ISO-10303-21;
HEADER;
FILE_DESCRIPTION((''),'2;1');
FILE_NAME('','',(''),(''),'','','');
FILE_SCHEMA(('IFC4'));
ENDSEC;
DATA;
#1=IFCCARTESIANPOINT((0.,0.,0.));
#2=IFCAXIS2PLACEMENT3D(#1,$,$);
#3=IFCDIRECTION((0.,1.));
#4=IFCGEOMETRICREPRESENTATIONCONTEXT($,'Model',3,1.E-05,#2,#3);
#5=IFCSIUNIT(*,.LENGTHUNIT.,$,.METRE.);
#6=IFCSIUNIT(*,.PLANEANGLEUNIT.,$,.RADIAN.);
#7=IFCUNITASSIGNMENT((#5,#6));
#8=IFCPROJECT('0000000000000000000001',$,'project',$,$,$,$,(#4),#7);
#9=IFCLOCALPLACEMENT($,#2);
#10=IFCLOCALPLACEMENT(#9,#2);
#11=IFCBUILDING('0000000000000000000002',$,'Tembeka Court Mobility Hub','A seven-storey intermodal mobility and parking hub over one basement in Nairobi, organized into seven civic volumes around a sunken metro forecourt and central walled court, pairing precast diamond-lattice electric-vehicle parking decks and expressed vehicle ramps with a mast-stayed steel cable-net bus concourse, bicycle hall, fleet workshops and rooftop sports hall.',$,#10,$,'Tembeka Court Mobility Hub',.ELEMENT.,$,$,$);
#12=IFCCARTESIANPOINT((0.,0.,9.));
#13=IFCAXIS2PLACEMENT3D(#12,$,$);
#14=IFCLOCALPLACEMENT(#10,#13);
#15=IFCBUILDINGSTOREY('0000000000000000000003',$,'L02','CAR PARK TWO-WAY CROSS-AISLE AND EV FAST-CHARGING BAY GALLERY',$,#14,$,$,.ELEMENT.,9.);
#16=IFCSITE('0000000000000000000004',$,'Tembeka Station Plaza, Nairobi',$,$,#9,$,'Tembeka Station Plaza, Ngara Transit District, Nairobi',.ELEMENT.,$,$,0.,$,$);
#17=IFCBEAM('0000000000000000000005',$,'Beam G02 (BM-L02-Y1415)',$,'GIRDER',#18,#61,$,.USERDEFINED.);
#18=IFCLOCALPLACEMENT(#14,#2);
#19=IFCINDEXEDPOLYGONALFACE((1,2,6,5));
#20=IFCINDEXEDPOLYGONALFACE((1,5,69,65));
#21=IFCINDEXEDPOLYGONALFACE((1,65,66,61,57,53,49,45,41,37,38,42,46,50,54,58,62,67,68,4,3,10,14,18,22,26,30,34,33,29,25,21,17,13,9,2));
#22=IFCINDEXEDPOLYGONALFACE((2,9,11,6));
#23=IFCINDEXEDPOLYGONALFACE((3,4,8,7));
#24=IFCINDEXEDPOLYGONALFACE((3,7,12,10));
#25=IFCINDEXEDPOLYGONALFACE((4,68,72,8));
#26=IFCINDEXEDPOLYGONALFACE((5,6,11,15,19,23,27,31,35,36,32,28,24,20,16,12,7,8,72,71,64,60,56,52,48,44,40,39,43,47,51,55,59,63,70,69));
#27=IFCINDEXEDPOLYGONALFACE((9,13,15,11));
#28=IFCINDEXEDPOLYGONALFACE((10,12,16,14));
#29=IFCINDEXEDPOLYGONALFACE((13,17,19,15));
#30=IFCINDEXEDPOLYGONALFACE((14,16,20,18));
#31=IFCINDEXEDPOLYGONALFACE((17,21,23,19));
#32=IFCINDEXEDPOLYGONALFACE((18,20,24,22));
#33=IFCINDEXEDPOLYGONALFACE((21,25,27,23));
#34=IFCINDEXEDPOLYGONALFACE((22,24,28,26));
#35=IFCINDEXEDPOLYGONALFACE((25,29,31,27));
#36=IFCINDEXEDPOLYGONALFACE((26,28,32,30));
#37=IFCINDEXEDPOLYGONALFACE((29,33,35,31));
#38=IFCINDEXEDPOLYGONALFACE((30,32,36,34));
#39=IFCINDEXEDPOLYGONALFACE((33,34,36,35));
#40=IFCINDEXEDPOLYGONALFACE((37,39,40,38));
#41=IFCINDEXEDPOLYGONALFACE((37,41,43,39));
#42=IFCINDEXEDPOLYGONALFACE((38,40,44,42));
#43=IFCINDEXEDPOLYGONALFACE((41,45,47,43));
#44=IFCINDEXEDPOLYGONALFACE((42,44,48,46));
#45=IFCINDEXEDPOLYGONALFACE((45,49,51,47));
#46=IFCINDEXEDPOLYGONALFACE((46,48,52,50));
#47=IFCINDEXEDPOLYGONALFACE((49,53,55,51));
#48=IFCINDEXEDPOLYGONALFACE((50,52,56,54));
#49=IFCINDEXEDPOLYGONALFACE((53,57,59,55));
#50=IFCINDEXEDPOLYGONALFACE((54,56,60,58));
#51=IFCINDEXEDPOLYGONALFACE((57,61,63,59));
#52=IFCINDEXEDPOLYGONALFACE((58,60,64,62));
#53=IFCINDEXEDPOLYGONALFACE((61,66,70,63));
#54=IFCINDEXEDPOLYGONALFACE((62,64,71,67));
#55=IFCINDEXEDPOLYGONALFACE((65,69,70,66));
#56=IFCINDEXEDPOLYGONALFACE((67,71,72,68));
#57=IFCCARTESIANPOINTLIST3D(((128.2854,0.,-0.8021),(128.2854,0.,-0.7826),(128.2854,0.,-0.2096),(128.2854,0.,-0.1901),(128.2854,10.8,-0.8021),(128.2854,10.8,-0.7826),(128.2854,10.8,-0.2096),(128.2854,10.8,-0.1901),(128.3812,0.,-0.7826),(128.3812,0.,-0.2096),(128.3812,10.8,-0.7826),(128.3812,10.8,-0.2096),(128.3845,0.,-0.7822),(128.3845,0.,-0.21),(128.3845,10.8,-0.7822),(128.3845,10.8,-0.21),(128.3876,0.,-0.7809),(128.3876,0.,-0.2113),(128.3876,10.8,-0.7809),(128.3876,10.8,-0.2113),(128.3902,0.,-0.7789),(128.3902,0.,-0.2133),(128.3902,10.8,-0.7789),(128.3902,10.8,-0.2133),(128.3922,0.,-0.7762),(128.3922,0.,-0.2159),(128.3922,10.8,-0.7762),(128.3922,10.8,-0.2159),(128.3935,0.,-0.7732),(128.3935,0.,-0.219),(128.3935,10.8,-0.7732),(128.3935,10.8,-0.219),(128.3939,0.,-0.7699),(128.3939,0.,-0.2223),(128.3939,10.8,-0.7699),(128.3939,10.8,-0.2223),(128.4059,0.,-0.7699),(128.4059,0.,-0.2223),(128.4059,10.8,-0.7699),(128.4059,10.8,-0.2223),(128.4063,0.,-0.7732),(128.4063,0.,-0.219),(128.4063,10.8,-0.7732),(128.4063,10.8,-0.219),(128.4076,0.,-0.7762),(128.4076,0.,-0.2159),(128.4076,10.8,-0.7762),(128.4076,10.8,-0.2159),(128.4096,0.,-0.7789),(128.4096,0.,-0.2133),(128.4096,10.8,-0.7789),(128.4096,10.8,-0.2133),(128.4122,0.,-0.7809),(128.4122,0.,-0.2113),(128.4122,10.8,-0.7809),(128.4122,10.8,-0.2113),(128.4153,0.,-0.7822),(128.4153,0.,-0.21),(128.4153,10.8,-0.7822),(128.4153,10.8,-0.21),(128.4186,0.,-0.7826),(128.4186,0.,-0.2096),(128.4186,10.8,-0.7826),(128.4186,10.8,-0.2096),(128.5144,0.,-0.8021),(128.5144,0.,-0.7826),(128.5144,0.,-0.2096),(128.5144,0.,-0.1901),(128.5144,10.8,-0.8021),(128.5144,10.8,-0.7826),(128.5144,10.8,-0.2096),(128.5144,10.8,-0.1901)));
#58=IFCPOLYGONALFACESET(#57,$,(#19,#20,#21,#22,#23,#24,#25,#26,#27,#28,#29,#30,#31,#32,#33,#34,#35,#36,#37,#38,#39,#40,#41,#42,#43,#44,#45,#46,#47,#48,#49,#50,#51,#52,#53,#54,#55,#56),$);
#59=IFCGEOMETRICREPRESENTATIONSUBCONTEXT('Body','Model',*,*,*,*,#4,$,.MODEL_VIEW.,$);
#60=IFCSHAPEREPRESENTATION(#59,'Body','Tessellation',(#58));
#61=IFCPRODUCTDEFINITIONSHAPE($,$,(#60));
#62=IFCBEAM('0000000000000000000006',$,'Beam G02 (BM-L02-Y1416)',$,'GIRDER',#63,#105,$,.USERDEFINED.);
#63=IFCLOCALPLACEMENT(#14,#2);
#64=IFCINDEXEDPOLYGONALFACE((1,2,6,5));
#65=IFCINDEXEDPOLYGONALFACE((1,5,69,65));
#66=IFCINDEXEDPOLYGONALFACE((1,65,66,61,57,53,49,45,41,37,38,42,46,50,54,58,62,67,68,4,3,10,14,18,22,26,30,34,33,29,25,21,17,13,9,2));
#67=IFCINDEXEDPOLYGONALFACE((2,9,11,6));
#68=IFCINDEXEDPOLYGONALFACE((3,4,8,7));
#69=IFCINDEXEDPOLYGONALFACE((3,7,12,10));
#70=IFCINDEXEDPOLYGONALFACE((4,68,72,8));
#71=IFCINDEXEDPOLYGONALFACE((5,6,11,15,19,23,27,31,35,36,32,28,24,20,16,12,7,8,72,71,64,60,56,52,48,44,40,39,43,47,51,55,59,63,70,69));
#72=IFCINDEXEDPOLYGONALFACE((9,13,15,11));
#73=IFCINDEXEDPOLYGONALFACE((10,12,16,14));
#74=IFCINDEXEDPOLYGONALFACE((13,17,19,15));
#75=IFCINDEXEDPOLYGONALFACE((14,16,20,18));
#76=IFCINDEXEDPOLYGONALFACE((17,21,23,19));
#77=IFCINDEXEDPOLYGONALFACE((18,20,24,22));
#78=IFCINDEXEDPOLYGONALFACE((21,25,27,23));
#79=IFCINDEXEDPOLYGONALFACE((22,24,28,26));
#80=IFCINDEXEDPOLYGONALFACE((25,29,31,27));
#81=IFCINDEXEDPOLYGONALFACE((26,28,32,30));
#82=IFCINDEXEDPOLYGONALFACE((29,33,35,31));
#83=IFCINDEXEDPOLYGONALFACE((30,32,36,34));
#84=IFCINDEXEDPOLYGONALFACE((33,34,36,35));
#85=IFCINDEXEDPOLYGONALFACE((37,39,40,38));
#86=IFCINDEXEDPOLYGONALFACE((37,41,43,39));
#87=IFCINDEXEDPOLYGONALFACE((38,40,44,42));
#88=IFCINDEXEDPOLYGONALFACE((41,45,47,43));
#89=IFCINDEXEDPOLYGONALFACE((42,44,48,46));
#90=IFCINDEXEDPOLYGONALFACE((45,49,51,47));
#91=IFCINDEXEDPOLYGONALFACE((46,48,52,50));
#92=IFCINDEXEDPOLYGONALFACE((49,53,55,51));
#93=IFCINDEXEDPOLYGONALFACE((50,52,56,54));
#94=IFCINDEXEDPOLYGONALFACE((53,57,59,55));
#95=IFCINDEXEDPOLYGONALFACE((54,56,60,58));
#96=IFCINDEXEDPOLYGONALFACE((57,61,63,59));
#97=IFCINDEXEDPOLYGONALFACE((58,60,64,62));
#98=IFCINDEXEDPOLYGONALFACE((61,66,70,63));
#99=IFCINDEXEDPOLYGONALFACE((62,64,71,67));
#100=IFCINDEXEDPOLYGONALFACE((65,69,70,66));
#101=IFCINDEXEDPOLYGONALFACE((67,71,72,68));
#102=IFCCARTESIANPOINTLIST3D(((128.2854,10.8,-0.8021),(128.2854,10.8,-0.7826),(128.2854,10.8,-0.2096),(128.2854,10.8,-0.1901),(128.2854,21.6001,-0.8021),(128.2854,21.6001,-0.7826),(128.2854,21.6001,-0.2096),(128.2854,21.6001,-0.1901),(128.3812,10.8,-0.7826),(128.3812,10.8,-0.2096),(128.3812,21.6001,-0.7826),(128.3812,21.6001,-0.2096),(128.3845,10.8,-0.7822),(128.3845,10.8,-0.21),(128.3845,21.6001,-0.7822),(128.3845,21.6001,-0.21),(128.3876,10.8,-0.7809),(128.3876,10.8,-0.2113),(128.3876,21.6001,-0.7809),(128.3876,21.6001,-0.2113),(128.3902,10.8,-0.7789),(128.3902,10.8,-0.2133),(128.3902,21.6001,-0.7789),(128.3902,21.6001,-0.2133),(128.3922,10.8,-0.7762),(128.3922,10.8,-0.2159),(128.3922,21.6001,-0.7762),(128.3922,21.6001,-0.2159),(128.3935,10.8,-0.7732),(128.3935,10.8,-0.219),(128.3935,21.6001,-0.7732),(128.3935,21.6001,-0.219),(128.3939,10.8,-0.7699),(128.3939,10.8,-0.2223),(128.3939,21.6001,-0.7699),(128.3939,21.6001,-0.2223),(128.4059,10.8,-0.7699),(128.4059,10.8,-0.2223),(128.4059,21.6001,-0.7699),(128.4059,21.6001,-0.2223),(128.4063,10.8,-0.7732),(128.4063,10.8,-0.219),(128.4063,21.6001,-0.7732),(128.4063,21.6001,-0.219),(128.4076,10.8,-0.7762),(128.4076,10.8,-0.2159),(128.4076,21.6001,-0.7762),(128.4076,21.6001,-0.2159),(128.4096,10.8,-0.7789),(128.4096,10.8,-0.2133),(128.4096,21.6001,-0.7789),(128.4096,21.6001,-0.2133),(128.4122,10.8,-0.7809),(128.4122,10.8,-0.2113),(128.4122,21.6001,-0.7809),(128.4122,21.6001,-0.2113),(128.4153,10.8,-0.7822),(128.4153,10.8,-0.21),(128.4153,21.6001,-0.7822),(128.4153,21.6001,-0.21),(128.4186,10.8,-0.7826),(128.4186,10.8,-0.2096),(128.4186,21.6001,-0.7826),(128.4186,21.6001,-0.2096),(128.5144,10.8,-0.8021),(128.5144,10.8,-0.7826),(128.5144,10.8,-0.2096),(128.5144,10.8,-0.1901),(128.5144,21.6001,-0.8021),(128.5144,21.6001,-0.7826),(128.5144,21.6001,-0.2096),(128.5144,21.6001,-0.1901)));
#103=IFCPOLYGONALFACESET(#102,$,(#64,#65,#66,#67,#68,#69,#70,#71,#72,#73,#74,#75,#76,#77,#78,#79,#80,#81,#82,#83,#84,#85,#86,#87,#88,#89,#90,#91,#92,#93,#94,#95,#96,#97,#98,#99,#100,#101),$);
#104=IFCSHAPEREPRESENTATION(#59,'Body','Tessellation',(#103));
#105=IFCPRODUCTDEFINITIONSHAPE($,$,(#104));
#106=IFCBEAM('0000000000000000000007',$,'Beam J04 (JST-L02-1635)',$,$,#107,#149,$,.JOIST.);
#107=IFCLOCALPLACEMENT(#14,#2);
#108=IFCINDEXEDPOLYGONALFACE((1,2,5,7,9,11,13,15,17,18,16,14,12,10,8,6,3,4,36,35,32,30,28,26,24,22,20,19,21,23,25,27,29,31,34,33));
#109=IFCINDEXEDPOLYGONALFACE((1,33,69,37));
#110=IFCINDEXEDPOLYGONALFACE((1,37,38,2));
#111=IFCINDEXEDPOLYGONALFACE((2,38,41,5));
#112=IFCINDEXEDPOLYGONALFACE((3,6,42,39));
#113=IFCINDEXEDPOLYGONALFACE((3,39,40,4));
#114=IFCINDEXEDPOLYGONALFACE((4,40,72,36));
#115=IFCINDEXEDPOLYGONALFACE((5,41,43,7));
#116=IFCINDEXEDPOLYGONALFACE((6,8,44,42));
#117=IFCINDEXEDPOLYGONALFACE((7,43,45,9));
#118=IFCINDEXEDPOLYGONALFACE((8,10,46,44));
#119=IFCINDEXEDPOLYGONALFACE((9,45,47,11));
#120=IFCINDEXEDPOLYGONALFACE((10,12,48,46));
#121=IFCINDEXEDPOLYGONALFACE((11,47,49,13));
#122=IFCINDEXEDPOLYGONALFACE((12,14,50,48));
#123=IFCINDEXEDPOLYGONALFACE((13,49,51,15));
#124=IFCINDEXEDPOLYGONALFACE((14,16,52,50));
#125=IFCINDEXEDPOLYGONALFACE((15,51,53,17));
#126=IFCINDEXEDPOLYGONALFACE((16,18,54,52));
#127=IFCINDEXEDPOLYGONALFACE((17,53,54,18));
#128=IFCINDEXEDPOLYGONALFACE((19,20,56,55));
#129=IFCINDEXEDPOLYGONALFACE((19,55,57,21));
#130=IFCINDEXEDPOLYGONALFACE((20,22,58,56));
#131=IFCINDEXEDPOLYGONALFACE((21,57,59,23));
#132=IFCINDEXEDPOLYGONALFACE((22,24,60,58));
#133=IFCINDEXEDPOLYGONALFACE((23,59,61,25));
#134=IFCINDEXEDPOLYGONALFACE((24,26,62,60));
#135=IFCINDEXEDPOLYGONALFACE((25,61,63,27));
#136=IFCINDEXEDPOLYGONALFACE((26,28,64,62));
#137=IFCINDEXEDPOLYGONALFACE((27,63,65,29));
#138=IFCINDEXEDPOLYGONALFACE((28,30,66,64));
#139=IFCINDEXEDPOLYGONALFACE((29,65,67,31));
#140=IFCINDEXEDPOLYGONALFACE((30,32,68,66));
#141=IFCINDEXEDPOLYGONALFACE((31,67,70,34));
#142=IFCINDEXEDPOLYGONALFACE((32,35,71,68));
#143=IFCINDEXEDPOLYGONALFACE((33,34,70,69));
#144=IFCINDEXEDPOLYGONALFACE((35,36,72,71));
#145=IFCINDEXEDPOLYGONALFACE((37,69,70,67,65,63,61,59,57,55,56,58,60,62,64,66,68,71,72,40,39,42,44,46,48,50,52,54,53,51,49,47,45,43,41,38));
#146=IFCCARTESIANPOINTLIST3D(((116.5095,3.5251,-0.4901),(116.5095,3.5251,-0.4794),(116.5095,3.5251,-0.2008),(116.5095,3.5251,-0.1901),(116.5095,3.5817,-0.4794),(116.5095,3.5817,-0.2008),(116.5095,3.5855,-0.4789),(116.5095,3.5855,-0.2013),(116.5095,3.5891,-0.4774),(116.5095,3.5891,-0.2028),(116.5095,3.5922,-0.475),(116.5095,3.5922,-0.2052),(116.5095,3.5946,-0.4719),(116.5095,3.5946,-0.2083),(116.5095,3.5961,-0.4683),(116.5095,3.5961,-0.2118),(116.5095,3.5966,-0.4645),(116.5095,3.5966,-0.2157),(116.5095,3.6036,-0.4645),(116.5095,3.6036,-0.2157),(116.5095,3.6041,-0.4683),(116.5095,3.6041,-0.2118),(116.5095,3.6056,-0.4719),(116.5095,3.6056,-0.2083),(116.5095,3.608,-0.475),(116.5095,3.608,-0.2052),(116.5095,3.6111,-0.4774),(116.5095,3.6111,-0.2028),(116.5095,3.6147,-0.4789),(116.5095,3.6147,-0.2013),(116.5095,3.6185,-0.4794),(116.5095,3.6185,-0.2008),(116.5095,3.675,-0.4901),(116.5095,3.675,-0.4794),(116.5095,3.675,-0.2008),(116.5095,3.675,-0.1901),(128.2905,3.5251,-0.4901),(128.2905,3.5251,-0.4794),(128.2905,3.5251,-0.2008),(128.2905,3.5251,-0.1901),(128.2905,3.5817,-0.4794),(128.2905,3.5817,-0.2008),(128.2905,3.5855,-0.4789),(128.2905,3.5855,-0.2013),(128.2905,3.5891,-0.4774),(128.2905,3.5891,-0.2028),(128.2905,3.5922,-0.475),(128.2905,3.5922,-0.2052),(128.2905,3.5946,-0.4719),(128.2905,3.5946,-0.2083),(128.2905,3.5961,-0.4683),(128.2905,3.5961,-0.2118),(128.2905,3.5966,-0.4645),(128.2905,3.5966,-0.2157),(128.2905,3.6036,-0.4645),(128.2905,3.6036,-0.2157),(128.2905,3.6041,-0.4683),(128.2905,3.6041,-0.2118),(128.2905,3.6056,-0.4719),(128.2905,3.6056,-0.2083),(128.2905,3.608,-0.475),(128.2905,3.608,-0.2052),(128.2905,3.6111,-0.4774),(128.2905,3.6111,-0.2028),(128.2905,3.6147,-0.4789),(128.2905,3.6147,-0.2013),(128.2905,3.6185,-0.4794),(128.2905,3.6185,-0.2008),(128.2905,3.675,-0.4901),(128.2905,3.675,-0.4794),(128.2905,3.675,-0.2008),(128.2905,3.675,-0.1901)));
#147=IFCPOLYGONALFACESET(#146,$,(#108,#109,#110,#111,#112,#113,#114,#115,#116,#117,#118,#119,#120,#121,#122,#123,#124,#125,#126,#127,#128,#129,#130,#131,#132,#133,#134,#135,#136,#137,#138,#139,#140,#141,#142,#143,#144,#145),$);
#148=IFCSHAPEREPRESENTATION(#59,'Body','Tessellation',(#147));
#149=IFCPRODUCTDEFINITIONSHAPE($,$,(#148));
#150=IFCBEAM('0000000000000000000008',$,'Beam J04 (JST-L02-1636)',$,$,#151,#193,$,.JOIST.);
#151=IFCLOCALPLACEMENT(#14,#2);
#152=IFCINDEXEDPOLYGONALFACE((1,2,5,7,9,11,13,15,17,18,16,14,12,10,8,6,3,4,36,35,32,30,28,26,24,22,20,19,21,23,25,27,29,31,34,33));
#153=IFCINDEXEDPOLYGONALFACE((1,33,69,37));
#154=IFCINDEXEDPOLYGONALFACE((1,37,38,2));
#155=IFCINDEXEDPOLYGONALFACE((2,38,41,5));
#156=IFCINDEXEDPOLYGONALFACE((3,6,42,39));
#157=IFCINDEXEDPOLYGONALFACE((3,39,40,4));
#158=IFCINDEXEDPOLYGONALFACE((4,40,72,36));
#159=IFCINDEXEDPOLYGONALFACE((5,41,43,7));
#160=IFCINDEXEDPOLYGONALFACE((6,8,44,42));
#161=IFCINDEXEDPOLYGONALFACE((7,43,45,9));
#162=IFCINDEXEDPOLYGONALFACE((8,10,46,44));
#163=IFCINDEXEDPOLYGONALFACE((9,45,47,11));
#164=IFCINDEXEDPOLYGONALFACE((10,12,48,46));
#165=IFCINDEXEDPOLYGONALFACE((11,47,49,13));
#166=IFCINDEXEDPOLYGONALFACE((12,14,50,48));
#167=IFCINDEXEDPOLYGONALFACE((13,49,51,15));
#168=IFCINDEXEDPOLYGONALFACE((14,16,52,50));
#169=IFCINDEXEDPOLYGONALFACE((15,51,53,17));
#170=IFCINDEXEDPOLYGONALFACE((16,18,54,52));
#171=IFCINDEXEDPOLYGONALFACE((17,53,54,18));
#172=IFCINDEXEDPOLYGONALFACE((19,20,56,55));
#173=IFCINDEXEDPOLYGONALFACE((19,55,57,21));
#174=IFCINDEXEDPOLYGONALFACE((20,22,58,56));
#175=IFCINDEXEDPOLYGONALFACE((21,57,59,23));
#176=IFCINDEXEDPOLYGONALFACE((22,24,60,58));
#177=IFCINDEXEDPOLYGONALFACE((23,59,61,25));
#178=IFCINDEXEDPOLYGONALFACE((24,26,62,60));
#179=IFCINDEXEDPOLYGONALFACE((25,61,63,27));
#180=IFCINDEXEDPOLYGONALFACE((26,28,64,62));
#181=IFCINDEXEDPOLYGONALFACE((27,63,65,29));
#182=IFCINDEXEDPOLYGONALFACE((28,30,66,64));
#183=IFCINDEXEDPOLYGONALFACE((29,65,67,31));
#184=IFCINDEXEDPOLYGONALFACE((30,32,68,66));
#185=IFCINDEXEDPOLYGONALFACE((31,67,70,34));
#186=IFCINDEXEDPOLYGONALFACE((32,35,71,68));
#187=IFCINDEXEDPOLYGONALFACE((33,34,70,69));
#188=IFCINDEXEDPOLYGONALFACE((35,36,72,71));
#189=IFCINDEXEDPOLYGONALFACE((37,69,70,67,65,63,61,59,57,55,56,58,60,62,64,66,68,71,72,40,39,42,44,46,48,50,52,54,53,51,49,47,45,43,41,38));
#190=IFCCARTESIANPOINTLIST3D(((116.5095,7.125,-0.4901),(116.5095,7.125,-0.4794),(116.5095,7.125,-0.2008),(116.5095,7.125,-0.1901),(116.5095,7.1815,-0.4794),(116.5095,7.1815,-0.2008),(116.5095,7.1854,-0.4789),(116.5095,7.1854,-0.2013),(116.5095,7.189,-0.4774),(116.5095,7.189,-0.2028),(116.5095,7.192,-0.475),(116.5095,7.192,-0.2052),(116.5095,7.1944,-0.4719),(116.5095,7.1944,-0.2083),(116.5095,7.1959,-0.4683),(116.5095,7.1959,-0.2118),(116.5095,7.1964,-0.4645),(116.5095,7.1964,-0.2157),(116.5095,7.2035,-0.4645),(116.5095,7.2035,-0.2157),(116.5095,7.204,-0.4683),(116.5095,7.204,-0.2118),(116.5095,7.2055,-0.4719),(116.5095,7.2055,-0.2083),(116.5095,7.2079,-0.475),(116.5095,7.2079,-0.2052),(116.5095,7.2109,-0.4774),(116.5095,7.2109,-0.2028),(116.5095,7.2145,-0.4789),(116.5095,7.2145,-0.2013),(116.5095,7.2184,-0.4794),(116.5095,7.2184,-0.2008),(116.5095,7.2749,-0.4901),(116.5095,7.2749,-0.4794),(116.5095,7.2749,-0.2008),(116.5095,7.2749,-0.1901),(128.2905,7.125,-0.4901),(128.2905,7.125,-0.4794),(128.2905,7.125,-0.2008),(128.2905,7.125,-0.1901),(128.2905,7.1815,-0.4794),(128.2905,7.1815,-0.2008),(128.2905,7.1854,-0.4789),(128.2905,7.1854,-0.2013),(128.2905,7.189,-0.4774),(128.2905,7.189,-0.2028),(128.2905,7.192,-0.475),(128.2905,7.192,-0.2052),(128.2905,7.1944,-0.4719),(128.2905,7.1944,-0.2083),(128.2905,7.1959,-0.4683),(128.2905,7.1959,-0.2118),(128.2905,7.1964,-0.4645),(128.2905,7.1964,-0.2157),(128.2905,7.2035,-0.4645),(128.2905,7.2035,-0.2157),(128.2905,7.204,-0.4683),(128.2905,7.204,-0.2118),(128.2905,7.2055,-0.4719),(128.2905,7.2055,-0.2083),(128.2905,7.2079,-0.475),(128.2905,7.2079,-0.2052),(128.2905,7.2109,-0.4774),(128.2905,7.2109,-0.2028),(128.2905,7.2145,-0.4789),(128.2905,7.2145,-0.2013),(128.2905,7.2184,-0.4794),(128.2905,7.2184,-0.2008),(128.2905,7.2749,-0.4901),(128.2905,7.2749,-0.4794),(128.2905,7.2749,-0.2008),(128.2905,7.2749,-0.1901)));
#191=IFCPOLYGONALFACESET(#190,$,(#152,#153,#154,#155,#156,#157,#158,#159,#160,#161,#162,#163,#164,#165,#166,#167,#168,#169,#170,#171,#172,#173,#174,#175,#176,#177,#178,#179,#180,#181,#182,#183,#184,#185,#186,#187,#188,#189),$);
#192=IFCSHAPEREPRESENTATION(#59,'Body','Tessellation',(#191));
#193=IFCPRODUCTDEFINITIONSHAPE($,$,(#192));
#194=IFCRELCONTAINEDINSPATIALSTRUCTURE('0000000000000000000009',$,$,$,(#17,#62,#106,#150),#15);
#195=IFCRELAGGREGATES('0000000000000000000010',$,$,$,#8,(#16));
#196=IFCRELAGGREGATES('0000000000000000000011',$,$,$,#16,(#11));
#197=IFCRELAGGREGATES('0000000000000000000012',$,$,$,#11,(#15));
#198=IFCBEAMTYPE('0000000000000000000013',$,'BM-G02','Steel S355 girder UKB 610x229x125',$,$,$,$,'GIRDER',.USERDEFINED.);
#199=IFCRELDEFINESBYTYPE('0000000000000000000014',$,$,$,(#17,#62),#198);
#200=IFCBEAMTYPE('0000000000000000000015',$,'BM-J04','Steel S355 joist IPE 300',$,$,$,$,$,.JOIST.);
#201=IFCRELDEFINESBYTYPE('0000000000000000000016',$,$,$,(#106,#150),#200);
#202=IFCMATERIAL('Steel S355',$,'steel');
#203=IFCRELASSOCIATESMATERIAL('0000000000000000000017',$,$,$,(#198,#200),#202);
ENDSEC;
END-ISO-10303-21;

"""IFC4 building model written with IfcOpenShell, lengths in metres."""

from ifc_helpers import new_model, si_unit, direction, frame, origin, origin_2d, place, context, subcontext, project, spatial, i_section, extrude, material, material_profile, profile_set, type_object, element, save


model = new_model("IFC4")

# Units and contexts
model_context = context("Model", 3, precision=1e-05, world=origin(), true_north=direction((0.0, 1.0)))
body_context = subcontext(model_context, "Body", "Model", "MODEL_VIEW")
ifc_project = project(units=[si_unit("LENGTHUNIT", "METRE"), si_unit("PLANEANGLEUNIT", "RADIAN")], contexts=[model_context])

# Site, building, storey
site_placement = place(None, origin())
site = spatial("IfcSite", under=ifc_project, at=site_placement, Name="Tembeka Station Plaza, Nairobi", LongName="Tembeka Station Plaza, Ngara Transit District, Nairobi", CompositionType="ELEMENT", RefElevation=0.0)
building_placement = place(site_placement, origin())
building = spatial("IfcBuilding", under=site, at=building_placement, Name="Tembeka Court Mobility Hub", Description="A seven-storey intermodal mobility and parking hub over one basement in Nairobi, organized into seven civic volumes around a sunken metro forecourt and central walled court, pairing precast diamond-lattice electric-vehicle parking decks and expressed vehicle ramps with a mast-stayed steel cable-net bus concourse, bicycle hall, fleet workshops and rooftop sports hall.", LongName="Tembeka Court Mobility Hub", CompositionType="ELEMENT")
storey_placement = place(building_placement, frame((0.0, 0.0, 9.0)))
storey = spatial("IfcBuildingStorey", under=building, at=storey_placement, Name="L02", Description="CAR PARK TWO-WAY CROSS-AISLE AND EV FAST-CHARGING BAY GALLERY", CompositionType="ELEMENT", Elevation=9.0)

# Shared definitions
ifc_material_1 = material(Name="Steel S355", Category="steel")

# Beams
ifc_material_profile_1 = material_profile(ifc_material_1, i_section(OverallWidth=0.229, OverallDepth=0.6121, WebThickness=0.012, FlangeThickness=0.0195, FilletRadius=0.0127, at=origin_2d()), Name="UKB 610x229x125")
ifc_profile_set_1 = profile_set([ifc_material_profile_1], Name="Steel S355")
beam_type_1 = type_object("IfcBeamType", Name="BM-G02", Description="Steel S355 girder UKB 610x229x125", ElementType="GIRDER", PredefinedType="USERDEFINED", material=ifc_profile_set_1)
for number, where, z_axis, x_axis, name in (
    (1, (128.3999, 0.0, -0.4961), (0.0, 1.0, 0.0), (-1.0, 0.0, 0.0), "Beam G02 (BM-L02-Y1415)"),
    (2, (128.3999, 10.8, -0.4961), (0.0, 1.0, 0.0), (-1.0, 0.0, 0.0), "Beam G02 (BM-L02-Y1416)"),
):
    element("IfcBeam", number, at=place(storey_placement, frame(where, z_axis=z_axis, x_axis=x_axis)), inside=storey, type_object=beam_type_1, Name=name, ObjectType="GIRDER", PredefinedType="USERDEFINED", context=body_context, shape_type="SweptSolid", body=[
        extrude(i_section(OverallWidth=0.229, OverallDepth=0.6121, WebThickness=0.012, FlangeThickness=0.0195, FilletRadius=0.0127, at=origin_2d()), origin(), (0.0, 0.0, 1.0), 10.8),
    ])
ifc_material_profile_2 = material_profile(ifc_material_1, i_section(OverallWidth=0.1499, OverallDepth=0.3, WebThickness=0.0071, FlangeThickness=0.0107, FilletRadius=0.0149, at=origin_2d()), Name="IPE 300")
ifc_profile_set_2 = profile_set([ifc_material_profile_2], Name="Steel S355")
beam_type_2 = type_object("IfcBeamType", Name="BM-J04", Description="Steel S355 joist IPE 300", PredefinedType="JOIST", material=ifc_profile_set_2)
for number, where, z_axis, x_axis, name in (
    (3, (116.5095, 3.6001, -0.3401), (1.0, 0.0, 0.0), (0.0, 1.0, 0.0), "Beam J04 (JST-L02-1635)"),
    (4, (116.5095, 7.2, -0.3401), (1.0, 0.0, 0.0), (0.0, 1.0, 0.0), "Beam J04 (JST-L02-1636)"),
):
    element("IfcBeam", number, at=place(storey_placement, frame(where, z_axis=z_axis, x_axis=x_axis)), inside=storey, type_object=beam_type_2, Name=name, PredefinedType="JOIST", context=body_context, shape_type="SweptSolid", body=[
        extrude(i_section(OverallWidth=0.1499, OverallDepth=0.3, WebThickness=0.0071, FlangeThickness=0.0107, FilletRadius=0.0149, at=origin_2d()), origin(), (0.0, 0.0, 1.0), 11.781),
    ])

save(model, "model.ifc")
